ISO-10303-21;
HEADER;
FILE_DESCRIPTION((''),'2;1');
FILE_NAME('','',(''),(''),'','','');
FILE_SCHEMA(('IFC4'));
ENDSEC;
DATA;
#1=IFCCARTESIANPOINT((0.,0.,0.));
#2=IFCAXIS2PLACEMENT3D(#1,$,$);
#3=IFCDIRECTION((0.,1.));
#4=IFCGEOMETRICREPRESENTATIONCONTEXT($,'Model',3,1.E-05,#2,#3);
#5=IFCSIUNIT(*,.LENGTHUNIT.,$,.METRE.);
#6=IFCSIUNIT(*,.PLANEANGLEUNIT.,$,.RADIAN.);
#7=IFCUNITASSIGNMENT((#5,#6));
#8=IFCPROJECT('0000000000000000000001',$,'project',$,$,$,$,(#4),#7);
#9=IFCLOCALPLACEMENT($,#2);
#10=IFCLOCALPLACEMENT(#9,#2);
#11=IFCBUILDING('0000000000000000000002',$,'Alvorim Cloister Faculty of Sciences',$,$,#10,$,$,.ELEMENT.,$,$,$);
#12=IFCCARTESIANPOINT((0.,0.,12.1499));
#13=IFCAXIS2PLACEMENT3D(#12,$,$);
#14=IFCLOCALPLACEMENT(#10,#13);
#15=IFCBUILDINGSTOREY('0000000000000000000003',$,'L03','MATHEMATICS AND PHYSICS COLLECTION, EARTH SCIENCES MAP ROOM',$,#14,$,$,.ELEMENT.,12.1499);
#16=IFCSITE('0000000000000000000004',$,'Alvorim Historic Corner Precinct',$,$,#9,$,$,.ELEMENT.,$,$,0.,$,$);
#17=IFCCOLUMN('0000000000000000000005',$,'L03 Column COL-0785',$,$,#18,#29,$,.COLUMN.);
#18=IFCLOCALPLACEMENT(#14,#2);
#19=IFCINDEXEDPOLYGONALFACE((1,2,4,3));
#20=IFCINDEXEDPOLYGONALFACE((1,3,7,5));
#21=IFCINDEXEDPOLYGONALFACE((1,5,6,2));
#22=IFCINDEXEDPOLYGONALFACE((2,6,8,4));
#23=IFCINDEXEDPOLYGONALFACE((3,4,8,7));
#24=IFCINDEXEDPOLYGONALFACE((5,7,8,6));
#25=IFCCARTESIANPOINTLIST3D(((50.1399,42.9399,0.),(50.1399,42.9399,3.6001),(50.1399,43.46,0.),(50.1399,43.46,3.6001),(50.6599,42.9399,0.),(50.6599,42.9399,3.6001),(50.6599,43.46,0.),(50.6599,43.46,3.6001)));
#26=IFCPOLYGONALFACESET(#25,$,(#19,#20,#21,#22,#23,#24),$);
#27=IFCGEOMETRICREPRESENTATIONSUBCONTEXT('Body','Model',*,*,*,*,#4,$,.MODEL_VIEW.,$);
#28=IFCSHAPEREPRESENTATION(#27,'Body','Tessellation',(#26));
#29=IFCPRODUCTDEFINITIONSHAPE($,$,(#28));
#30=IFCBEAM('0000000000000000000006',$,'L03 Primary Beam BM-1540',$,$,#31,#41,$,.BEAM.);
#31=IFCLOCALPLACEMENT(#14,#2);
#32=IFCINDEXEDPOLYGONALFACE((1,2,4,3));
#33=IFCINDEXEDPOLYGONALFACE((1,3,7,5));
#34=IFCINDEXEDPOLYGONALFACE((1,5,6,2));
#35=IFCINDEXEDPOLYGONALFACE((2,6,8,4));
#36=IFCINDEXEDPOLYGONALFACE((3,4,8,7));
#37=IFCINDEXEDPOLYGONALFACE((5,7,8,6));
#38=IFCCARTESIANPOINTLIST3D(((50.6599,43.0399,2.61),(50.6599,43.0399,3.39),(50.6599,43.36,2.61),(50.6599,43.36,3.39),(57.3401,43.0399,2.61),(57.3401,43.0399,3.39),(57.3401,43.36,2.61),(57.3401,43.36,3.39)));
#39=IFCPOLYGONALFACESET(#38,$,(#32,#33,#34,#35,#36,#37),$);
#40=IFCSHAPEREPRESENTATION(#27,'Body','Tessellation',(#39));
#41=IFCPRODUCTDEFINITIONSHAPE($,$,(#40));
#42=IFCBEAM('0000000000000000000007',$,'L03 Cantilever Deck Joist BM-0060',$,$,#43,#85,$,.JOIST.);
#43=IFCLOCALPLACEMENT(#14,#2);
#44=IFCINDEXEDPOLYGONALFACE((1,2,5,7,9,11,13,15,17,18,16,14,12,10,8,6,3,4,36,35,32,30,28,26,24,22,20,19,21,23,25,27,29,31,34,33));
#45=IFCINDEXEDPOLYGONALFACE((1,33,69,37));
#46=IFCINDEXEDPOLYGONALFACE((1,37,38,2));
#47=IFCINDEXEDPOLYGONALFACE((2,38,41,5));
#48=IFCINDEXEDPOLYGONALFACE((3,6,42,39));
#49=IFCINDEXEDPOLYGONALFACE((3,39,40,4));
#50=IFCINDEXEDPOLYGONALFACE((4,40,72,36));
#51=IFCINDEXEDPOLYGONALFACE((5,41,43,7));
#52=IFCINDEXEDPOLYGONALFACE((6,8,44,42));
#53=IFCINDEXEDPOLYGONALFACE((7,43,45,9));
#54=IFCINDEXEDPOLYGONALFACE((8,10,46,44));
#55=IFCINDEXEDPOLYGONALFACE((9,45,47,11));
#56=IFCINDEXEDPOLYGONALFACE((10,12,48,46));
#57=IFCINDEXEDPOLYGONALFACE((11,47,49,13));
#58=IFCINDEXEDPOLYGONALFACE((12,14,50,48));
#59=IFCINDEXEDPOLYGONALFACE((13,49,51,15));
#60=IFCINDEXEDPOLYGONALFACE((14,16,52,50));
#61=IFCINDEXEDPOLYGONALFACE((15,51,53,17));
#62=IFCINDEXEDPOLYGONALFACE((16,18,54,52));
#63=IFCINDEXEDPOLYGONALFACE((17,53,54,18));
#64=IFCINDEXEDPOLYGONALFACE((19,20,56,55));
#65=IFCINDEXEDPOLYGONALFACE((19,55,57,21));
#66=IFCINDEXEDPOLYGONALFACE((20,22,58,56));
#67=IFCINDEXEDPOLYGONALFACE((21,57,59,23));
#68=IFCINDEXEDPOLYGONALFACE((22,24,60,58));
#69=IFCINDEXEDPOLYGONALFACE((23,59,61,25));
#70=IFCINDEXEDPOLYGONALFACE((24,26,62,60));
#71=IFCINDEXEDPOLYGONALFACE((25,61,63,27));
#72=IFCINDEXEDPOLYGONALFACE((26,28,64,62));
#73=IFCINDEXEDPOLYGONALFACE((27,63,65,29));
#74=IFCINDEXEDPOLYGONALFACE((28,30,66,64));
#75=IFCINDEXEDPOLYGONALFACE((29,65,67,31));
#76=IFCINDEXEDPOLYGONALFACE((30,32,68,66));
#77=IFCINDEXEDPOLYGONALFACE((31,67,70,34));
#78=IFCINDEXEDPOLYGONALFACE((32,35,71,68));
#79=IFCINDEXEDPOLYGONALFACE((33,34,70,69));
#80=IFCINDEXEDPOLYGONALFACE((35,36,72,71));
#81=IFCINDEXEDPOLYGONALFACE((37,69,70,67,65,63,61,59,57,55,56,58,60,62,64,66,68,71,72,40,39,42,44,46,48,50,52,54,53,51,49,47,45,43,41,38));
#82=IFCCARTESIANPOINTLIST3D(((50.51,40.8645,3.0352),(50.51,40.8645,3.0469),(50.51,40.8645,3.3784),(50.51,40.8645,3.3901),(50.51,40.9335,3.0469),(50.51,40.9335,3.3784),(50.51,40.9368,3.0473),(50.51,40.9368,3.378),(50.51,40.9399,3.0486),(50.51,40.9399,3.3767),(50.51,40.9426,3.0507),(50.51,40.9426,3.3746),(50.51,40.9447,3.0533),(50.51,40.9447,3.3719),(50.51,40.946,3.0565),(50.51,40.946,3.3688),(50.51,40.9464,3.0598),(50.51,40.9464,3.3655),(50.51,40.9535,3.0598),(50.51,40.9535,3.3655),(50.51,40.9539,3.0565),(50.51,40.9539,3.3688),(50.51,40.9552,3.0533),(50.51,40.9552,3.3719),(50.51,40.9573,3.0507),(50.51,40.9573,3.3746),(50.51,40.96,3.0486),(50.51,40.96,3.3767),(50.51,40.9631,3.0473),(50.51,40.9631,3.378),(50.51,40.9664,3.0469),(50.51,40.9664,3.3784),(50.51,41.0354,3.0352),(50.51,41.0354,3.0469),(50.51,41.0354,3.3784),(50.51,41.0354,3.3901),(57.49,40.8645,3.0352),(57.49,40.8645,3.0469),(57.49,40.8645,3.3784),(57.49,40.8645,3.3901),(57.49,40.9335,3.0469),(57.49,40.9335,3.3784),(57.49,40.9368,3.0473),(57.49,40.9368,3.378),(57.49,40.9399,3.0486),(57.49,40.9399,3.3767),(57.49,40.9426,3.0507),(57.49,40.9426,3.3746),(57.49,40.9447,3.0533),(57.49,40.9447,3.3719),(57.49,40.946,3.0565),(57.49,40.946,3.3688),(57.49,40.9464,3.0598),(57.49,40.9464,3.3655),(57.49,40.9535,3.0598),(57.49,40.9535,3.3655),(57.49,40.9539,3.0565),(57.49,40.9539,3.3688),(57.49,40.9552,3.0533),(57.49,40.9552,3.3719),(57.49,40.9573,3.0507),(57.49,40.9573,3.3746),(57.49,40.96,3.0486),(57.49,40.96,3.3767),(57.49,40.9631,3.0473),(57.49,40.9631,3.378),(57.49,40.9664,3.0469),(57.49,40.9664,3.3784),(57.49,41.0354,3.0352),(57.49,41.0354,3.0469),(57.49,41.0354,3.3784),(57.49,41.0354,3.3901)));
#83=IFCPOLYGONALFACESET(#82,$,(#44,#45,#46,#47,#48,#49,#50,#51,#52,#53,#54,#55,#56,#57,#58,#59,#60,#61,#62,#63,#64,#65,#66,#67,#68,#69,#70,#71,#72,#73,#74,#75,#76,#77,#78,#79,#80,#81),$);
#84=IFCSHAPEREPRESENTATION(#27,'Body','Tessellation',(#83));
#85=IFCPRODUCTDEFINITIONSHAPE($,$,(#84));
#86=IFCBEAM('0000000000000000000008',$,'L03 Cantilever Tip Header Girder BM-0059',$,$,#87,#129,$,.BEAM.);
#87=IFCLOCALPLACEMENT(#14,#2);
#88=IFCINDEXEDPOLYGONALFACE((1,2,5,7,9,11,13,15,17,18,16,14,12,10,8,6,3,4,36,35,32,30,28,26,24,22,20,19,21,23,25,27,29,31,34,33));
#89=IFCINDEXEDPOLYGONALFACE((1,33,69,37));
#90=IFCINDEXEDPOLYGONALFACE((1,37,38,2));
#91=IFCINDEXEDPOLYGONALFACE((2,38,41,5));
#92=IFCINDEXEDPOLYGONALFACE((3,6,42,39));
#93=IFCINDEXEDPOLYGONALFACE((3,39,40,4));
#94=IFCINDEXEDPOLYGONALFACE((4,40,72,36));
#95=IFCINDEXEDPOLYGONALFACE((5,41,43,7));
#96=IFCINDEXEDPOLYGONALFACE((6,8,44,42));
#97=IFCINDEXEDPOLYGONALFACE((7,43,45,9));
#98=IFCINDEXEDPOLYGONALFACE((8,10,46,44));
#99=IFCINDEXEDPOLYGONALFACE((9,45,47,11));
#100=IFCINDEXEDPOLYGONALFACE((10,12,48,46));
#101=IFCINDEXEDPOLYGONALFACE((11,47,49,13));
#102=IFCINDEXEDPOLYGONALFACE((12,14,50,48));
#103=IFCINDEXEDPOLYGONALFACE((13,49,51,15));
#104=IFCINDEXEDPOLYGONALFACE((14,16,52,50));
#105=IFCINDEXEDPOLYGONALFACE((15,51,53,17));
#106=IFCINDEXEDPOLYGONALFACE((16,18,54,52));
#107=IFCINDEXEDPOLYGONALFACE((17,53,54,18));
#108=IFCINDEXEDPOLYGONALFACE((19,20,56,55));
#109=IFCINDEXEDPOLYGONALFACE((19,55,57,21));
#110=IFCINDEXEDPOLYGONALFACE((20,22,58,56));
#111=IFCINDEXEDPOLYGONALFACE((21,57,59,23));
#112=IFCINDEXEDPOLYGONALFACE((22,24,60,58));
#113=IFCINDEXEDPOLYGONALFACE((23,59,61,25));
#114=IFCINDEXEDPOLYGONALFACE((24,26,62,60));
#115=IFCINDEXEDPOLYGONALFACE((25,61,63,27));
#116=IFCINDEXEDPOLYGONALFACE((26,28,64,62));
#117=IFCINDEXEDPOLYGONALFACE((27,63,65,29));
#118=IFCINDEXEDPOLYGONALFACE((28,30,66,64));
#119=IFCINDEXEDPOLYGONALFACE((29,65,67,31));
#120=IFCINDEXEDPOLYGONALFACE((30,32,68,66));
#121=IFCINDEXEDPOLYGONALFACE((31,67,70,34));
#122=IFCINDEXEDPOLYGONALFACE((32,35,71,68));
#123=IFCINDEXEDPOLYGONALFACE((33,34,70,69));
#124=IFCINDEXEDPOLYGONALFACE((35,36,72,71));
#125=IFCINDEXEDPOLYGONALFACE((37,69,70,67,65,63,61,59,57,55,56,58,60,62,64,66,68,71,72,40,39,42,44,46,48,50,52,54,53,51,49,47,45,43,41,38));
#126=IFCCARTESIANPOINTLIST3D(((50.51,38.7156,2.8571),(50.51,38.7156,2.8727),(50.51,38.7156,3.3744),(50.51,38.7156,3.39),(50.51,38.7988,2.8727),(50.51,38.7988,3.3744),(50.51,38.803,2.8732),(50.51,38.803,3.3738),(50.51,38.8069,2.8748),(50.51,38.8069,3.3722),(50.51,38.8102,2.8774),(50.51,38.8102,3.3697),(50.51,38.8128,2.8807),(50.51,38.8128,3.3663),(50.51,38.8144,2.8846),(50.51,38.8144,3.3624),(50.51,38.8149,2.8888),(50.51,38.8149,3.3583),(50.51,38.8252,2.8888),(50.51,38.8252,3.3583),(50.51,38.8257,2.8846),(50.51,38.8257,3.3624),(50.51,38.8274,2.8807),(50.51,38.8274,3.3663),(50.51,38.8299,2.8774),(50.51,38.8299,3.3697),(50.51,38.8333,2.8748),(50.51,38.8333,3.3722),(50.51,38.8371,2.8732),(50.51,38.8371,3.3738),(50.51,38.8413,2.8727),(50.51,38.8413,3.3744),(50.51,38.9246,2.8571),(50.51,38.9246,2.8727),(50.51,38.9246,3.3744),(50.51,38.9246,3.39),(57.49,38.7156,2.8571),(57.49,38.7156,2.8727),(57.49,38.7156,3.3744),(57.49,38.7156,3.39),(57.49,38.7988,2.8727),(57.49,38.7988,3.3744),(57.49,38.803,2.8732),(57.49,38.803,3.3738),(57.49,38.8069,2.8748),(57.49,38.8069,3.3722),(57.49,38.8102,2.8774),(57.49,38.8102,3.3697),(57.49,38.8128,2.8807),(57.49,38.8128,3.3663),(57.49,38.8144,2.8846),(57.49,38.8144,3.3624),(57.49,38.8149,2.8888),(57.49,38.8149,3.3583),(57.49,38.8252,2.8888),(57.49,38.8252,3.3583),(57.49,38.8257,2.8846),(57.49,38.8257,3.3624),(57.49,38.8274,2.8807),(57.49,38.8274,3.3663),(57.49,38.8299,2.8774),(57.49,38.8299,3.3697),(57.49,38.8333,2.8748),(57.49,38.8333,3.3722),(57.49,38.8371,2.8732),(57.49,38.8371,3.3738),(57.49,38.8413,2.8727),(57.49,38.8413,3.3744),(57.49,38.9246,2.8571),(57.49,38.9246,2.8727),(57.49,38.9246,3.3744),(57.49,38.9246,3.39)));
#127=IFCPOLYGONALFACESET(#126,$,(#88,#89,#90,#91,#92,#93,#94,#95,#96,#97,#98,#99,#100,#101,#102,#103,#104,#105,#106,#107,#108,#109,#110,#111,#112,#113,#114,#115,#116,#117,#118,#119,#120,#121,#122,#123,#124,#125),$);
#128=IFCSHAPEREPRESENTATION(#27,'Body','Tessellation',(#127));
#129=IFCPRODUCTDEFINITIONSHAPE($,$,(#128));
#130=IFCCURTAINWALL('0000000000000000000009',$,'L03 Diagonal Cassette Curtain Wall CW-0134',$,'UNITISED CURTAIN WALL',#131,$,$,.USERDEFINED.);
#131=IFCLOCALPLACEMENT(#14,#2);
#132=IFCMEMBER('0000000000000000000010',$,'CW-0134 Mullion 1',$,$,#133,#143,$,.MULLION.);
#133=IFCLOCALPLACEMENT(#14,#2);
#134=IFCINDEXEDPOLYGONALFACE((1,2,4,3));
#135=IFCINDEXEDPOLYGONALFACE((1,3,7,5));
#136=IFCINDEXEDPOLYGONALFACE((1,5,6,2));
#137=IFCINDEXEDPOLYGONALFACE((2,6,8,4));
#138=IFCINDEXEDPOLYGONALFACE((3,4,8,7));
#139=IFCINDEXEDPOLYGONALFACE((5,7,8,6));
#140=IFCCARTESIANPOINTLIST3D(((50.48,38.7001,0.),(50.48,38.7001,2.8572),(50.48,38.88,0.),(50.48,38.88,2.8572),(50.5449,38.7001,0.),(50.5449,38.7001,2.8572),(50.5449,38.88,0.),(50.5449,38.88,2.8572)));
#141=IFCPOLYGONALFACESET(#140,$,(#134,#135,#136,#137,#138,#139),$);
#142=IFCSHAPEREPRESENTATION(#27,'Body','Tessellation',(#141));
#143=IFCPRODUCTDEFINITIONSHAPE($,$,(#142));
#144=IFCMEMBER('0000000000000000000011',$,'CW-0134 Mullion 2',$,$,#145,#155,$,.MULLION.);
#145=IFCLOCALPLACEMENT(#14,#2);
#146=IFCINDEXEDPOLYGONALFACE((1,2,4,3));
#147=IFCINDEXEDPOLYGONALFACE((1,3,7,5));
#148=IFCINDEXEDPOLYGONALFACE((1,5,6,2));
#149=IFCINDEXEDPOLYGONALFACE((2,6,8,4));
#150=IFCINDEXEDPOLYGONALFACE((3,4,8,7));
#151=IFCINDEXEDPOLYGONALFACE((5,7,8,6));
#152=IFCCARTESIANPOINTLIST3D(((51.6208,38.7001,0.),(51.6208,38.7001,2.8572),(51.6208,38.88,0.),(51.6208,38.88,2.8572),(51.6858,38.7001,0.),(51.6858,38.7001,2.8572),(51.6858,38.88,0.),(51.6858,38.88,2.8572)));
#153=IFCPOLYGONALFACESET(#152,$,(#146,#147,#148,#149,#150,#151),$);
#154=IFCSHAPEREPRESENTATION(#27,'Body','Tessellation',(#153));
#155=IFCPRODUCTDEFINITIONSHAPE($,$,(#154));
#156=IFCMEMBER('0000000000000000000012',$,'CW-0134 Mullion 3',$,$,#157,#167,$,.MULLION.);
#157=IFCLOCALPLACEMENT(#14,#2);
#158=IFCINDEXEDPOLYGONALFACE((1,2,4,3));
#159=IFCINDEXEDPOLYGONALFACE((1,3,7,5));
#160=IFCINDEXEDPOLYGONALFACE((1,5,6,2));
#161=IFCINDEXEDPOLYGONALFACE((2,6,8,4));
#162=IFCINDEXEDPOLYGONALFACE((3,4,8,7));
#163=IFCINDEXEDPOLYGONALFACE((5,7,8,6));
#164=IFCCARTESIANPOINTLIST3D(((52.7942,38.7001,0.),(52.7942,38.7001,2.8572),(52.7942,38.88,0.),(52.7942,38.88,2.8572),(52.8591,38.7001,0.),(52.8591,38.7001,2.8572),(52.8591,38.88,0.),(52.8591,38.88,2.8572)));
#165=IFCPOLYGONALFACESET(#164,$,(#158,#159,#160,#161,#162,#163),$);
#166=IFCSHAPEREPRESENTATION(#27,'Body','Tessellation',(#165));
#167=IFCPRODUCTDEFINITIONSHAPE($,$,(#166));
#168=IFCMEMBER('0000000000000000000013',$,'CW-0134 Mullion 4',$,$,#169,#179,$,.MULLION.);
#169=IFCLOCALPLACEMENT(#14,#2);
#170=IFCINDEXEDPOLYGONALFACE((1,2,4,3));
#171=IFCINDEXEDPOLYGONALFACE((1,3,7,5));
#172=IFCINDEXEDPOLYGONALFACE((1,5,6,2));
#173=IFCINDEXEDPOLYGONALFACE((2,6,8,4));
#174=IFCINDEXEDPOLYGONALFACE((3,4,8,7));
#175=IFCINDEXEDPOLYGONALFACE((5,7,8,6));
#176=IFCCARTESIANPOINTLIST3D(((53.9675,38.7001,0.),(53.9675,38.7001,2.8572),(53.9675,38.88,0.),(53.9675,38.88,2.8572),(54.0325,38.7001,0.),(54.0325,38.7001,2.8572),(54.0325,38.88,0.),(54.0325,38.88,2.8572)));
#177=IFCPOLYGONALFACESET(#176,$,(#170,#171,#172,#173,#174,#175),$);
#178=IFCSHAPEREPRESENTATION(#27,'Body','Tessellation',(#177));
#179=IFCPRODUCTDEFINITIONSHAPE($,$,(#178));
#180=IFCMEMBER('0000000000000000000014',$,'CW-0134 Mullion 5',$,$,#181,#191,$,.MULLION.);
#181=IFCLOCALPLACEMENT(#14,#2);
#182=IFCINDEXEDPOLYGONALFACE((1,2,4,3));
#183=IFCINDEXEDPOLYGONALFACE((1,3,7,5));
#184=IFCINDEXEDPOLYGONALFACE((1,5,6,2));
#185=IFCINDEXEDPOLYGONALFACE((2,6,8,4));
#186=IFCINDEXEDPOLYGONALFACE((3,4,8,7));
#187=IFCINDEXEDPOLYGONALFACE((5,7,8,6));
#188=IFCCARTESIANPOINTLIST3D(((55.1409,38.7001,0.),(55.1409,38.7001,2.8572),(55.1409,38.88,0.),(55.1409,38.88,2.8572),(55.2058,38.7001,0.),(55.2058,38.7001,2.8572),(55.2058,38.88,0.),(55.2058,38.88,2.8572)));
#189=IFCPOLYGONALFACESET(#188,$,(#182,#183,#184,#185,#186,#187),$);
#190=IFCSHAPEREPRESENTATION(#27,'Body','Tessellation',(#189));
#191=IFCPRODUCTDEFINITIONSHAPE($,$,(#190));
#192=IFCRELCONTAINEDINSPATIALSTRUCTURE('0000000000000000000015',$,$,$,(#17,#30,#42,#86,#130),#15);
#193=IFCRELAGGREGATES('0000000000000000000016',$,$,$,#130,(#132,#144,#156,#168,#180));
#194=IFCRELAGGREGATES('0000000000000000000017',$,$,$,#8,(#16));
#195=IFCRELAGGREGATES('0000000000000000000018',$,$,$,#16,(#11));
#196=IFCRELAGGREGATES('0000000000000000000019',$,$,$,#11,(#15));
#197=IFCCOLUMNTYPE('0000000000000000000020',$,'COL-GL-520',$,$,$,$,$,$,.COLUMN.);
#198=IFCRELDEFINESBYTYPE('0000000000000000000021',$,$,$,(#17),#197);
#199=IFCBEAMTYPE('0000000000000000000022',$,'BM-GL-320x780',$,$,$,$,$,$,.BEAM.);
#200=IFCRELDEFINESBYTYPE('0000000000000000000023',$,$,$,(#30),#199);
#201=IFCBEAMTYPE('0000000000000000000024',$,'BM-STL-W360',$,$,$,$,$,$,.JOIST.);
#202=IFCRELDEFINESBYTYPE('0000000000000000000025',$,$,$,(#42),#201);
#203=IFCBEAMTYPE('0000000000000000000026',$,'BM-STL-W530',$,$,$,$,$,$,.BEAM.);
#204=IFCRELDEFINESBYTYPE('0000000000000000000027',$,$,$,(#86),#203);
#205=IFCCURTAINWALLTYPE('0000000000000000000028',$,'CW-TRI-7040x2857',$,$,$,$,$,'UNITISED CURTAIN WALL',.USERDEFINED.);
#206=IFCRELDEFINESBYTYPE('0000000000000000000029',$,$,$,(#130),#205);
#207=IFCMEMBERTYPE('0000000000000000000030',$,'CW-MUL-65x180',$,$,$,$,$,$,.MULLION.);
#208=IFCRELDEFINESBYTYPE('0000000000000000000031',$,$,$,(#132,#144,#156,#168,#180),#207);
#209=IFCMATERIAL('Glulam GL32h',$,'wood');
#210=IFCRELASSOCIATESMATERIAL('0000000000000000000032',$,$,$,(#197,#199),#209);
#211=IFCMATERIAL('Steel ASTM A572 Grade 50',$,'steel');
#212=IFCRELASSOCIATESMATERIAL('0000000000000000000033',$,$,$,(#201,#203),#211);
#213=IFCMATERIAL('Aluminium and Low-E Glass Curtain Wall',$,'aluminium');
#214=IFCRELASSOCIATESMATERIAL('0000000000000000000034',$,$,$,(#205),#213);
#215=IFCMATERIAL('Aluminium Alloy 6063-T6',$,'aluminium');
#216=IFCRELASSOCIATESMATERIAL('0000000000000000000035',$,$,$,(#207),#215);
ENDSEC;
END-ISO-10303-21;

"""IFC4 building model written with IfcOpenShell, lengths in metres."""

from ifc_helpers import new_model, si_unit, direction, frame, origin, origin_2d, place, context, subcontext, project, spatial, rectangle, i_section, extrude, material, material_profile, profile_set, type_object, element, aggregate, save


model = new_model("IFC4")

# Units and contexts
model_context = context("Model", 3, precision=1e-05, world=origin(), true_north=direction((0.0, 1.0)))
body_context = subcontext(model_context, "Body", "Model", "MODEL_VIEW")
ifc_project = project(units=[si_unit("LENGTHUNIT", "METRE"), si_unit("PLANEANGLEUNIT", "RADIAN")], contexts=[model_context])

# Site, building, storey
site_placement = place(None, origin())
site = spatial("IfcSite", under=ifc_project, at=site_placement, Name="Alvorim Historic Corner Precinct", CompositionType="ELEMENT", RefElevation=0.0)
building_placement = place(site_placement, origin())
building = spatial("IfcBuilding", under=site, at=building_placement, Name="Alvorim Cloister Faculty of Sciences", CompositionType="ELEMENT")
storey_placement = place(building_placement, frame((0.0, 0.0, 12.1499)))
storey = spatial("IfcBuildingStorey", under=building, at=storey_placement, Name="L03", Description="MATHEMATICS AND PHYSICS COLLECTION, EARTH SCIENCES MAP ROOM", CompositionType="ELEMENT", Elevation=12.1499)

# Column
ifc_material_1 = material(Name="Glulam GL32h", Category="wood")
ifc_material_profile_1 = material_profile(ifc_material_1, rectangle(XDim=0.52, YDim=0.52, at=origin_2d()), Name="GL32-COL-520x520")
ifc_profile_set_1 = profile_set([ifc_material_profile_1], Name="Glulam GL32h")
column_type = type_object("IfcColumnType", Name="COL-GL-520", PredefinedType="COLUMN", material=ifc_profile_set_1)
column_placement = place(storey_placement, frame((50.3999, 43.2, 0.0), z_axis=(0.0, 0.0, 1.0), x_axis=(1.0, 0.0, 0.0)))
element("IfcColumn", 1, at=column_placement, inside=storey, type_object=column_type, Name="L03 Column COL-0785", PredefinedType="COLUMN", context=body_context, shape_type="SweptSolid", body=[
    extrude(rectangle(XDim=0.52, YDim=0.52, at=origin_2d()), origin(), (0.0, 0.0, 1.0), 3.6001),
])

# Beams
ifc_material_profile_2 = material_profile(ifc_material_1, rectangle(XDim=0.3201, YDim=0.78, at=origin_2d()), Name="GL32-BM-320x780")
ifc_profile_set_2 = profile_set([ifc_material_profile_2], Name="Glulam GL32h")
beam_type_1 = type_object("IfcBeamType", Name="BM-GL-320x780", PredefinedType="BEAM", material=ifc_profile_set_2)
beam_1_placement = place(storey_placement, frame((50.6599, 43.2, 3.0), z_axis=(1.0, 0.0, 0.0), x_axis=(0.0, 1.0, 0.0)))
element("IfcBeam", 2, at=beam_1_placement, inside=storey, type_object=beam_type_1, Name="L03 Primary Beam BM-1540", PredefinedType="BEAM", context=body_context, shape_type="SweptSolid", body=[
    extrude(rectangle(XDim=0.3201, YDim=0.78, at=origin_2d()), origin(), (0.0, 0.0, 1.0), 6.6802),
])
ifc_material_2 = material(Name="Steel ASTM A572 Grade 50", Category="steel")
ifc_material_profile_3 = material_profile(ifc_material_2, i_section(OverallWidth=0.1709, OverallDepth=0.355, WebThickness=0.0071, FlangeThickness=0.0117, FilletRadius=0.0129, at=origin_2d()), Name="W360x51.0")
ifc_profile_set_3 = profile_set([ifc_material_profile_3], Name="Steel ASTM A572 Grade 50")
beam_type_2 = type_object("IfcBeamType", Name="BM-STL-W360", PredefinedType="JOIST", material=ifc_profile_set_3)
beam_2_placement = place(storey_placement, frame((50.51, 40.95, 3.2126), z_axis=(1.0, 0.0, 0.0), x_axis=(0.0, 1.0, 0.0)))
element("IfcBeam", 3, at=beam_2_placement, inside=storey, type_object=beam_type_2, Name="L03 Cantilever Deck Joist BM-0060", PredefinedType="JOIST", context=body_context, shape_type="SweptSolid", body=[
    extrude(i_section(OverallWidth=0.1709, OverallDepth=0.355, WebThickness=0.0071, FlangeThickness=0.0117, FilletRadius=0.0129, at=origin_2d()), origin(), (0.0, 0.0, 1.0), 6.98),
])
ifc_material_profile_4 = material_profile(ifc_material_2, i_section(OverallWidth=0.209, OverallDepth=0.533, WebThickness=0.0103, FlangeThickness=0.0156, FilletRadius=0.0161, at=origin_2d()), Name="W530x92.0")
ifc_profile_set_4 = profile_set([ifc_material_profile_4], Name="Steel ASTM A572 Grade 50")
beam_type_3 = type_object("IfcBeamType", Name="BM-STL-W530", PredefinedType="BEAM", material=ifc_profile_set_4)
beam_3_placement = place(storey_placement, frame((50.51, 38.8201, 3.1235), z_axis=(1.0, 0.0, 0.0), x_axis=(0.0, 1.0, 0.0)))
element("IfcBeam", 4, at=beam_3_placement, inside=storey, type_object=beam_type_3, Name="L03 Cantilever Tip Header Girder BM-0059", PredefinedType="BEAM", context=body_context, shape_type="SweptSolid", body=[
    extrude(i_section(OverallWidth=0.209, OverallDepth=0.533, WebThickness=0.0103, FlangeThickness=0.0156, FilletRadius=0.0161, at=origin_2d()), origin(), (0.0, 0.0, 1.0), 6.98),
])

# Curtain wall, members
ifc_material_3 = material(Name="Aluminium and Low-E Glass Curtain Wall", Category="aluminium")
curtain_wall_type = type_object("IfcCurtainWallType", Name="CW-TRI-7040x2857", ElementType="UNITISED CURTAIN WALL", PredefinedType="USERDEFINED", material=ifc_material_3)
curtain_wall_1_placement = place(storey_placement, origin())
curtain_wall_1 = element("IfcCurtainWall", 5, at=curtain_wall_1_placement, inside=storey, type_object=curtain_wall_type, Name="L03 Diagonal Cassette Curtain Wall CW-0134", ObjectType="UNITISED CURTAIN WALL", PredefinedType="USERDEFINED")
ifc_material_4 = material(Name="Aluminium Alloy 6063-T6", Category="aluminium")
ifc_material_profile_5 = material_profile(ifc_material_4, rectangle(XDim=0.0649, YDim=0.1799, at=origin_2d()), Name="ALU-MUL-65x180")
ifc_profile_set_5 = profile_set([ifc_material_profile_5], Name="Aluminium Alloy 6063-T6")
member_type_1 = type_object("IfcMemberType", Name="CW-MUL-65x180", PredefinedType="MULLION", material=ifc_profile_set_5)
member_1_placement = place(storey_placement, frame((50.5125, 38.79, 0.0), z_axis=(0.0, 0.0, 1.0), x_axis=(1.0, 0.0, 0.0)))
member_1 = element("IfcMember", 6, at=member_1_placement, type_object=member_type_1, Name="CW-0134 Mullion 1", PredefinedType="MULLION", context=body_context, shape_type="SweptSolid", body=[
    extrude(rectangle(XDim=0.0649, YDim=0.1799, at=origin_2d()), origin(), (0.0, 0.0, 1.0), 2.8572),
])
member_2_placement = place(storey_placement, frame((51.6533, 38.79, 0.0), z_axis=(0.0, 0.0, 1.0), x_axis=(1.0, 0.0, 0.0)))
member_2 = element("IfcMember", 7, at=member_2_placement, type_object=member_type_1, Name="CW-0134 Mullion 2", PredefinedType="MULLION", context=body_context, shape_type="SweptSolid", body=[
    extrude(rectangle(XDim=0.0649, YDim=0.1799, at=origin_2d()), origin(), (0.0, 0.0, 1.0), 2.8572),
])
member_3_placement = place(storey_placement, frame((52.8267, 38.79, 0.0), z_axis=(0.0, 0.0, 1.0), x_axis=(1.0, 0.0, 0.0)))
member_3 = element("IfcMember", 8, at=member_3_placement, type_object=member_type_1, Name="CW-0134 Mullion 3", PredefinedType="MULLION", context=body_context, shape_type="SweptSolid", body=[
    extrude(rectangle(XDim=0.0649, YDim=0.1799, at=origin_2d()), origin(), (0.0, 0.0, 1.0), 2.8572),
])
member_4_placement = place(storey_placement, frame((54.0, 38.79, 0.0), z_axis=(0.0, 0.0, 1.0), x_axis=(1.0, 0.0, 0.0)))
member_4 = element("IfcMember", 9, at=member_4_placement, type_object=member_type_1, Name="CW-0134 Mullion 4", PredefinedType="MULLION", context=body_context, shape_type="SweptSolid", body=[
    extrude(rectangle(XDim=0.0649, YDim=0.1799, at=origin_2d()), origin(), (0.0, 0.0, 1.0), 2.8572),
])
member_5_placement = place(storey_placement, frame((55.1733, 38.79, 0.0), z_axis=(0.0, 0.0, 1.0), x_axis=(1.0, 0.0, 0.0)))
member_5 = element("IfcMember", 10, at=member_5_placement, type_object=member_type_1, Name="CW-0134 Mullion 5", PredefinedType="MULLION", context=body_context, shape_type="SweptSolid", body=[
    extrude(rectangle(XDim=0.0649, YDim=0.1799, at=origin_2d()), origin(), (0.0, 0.0, 1.0), 2.8572),
])

aggregate(curtain_wall_1, [member_1, member_2, member_3, member_4, member_5])

save(model, "model.ifc")
